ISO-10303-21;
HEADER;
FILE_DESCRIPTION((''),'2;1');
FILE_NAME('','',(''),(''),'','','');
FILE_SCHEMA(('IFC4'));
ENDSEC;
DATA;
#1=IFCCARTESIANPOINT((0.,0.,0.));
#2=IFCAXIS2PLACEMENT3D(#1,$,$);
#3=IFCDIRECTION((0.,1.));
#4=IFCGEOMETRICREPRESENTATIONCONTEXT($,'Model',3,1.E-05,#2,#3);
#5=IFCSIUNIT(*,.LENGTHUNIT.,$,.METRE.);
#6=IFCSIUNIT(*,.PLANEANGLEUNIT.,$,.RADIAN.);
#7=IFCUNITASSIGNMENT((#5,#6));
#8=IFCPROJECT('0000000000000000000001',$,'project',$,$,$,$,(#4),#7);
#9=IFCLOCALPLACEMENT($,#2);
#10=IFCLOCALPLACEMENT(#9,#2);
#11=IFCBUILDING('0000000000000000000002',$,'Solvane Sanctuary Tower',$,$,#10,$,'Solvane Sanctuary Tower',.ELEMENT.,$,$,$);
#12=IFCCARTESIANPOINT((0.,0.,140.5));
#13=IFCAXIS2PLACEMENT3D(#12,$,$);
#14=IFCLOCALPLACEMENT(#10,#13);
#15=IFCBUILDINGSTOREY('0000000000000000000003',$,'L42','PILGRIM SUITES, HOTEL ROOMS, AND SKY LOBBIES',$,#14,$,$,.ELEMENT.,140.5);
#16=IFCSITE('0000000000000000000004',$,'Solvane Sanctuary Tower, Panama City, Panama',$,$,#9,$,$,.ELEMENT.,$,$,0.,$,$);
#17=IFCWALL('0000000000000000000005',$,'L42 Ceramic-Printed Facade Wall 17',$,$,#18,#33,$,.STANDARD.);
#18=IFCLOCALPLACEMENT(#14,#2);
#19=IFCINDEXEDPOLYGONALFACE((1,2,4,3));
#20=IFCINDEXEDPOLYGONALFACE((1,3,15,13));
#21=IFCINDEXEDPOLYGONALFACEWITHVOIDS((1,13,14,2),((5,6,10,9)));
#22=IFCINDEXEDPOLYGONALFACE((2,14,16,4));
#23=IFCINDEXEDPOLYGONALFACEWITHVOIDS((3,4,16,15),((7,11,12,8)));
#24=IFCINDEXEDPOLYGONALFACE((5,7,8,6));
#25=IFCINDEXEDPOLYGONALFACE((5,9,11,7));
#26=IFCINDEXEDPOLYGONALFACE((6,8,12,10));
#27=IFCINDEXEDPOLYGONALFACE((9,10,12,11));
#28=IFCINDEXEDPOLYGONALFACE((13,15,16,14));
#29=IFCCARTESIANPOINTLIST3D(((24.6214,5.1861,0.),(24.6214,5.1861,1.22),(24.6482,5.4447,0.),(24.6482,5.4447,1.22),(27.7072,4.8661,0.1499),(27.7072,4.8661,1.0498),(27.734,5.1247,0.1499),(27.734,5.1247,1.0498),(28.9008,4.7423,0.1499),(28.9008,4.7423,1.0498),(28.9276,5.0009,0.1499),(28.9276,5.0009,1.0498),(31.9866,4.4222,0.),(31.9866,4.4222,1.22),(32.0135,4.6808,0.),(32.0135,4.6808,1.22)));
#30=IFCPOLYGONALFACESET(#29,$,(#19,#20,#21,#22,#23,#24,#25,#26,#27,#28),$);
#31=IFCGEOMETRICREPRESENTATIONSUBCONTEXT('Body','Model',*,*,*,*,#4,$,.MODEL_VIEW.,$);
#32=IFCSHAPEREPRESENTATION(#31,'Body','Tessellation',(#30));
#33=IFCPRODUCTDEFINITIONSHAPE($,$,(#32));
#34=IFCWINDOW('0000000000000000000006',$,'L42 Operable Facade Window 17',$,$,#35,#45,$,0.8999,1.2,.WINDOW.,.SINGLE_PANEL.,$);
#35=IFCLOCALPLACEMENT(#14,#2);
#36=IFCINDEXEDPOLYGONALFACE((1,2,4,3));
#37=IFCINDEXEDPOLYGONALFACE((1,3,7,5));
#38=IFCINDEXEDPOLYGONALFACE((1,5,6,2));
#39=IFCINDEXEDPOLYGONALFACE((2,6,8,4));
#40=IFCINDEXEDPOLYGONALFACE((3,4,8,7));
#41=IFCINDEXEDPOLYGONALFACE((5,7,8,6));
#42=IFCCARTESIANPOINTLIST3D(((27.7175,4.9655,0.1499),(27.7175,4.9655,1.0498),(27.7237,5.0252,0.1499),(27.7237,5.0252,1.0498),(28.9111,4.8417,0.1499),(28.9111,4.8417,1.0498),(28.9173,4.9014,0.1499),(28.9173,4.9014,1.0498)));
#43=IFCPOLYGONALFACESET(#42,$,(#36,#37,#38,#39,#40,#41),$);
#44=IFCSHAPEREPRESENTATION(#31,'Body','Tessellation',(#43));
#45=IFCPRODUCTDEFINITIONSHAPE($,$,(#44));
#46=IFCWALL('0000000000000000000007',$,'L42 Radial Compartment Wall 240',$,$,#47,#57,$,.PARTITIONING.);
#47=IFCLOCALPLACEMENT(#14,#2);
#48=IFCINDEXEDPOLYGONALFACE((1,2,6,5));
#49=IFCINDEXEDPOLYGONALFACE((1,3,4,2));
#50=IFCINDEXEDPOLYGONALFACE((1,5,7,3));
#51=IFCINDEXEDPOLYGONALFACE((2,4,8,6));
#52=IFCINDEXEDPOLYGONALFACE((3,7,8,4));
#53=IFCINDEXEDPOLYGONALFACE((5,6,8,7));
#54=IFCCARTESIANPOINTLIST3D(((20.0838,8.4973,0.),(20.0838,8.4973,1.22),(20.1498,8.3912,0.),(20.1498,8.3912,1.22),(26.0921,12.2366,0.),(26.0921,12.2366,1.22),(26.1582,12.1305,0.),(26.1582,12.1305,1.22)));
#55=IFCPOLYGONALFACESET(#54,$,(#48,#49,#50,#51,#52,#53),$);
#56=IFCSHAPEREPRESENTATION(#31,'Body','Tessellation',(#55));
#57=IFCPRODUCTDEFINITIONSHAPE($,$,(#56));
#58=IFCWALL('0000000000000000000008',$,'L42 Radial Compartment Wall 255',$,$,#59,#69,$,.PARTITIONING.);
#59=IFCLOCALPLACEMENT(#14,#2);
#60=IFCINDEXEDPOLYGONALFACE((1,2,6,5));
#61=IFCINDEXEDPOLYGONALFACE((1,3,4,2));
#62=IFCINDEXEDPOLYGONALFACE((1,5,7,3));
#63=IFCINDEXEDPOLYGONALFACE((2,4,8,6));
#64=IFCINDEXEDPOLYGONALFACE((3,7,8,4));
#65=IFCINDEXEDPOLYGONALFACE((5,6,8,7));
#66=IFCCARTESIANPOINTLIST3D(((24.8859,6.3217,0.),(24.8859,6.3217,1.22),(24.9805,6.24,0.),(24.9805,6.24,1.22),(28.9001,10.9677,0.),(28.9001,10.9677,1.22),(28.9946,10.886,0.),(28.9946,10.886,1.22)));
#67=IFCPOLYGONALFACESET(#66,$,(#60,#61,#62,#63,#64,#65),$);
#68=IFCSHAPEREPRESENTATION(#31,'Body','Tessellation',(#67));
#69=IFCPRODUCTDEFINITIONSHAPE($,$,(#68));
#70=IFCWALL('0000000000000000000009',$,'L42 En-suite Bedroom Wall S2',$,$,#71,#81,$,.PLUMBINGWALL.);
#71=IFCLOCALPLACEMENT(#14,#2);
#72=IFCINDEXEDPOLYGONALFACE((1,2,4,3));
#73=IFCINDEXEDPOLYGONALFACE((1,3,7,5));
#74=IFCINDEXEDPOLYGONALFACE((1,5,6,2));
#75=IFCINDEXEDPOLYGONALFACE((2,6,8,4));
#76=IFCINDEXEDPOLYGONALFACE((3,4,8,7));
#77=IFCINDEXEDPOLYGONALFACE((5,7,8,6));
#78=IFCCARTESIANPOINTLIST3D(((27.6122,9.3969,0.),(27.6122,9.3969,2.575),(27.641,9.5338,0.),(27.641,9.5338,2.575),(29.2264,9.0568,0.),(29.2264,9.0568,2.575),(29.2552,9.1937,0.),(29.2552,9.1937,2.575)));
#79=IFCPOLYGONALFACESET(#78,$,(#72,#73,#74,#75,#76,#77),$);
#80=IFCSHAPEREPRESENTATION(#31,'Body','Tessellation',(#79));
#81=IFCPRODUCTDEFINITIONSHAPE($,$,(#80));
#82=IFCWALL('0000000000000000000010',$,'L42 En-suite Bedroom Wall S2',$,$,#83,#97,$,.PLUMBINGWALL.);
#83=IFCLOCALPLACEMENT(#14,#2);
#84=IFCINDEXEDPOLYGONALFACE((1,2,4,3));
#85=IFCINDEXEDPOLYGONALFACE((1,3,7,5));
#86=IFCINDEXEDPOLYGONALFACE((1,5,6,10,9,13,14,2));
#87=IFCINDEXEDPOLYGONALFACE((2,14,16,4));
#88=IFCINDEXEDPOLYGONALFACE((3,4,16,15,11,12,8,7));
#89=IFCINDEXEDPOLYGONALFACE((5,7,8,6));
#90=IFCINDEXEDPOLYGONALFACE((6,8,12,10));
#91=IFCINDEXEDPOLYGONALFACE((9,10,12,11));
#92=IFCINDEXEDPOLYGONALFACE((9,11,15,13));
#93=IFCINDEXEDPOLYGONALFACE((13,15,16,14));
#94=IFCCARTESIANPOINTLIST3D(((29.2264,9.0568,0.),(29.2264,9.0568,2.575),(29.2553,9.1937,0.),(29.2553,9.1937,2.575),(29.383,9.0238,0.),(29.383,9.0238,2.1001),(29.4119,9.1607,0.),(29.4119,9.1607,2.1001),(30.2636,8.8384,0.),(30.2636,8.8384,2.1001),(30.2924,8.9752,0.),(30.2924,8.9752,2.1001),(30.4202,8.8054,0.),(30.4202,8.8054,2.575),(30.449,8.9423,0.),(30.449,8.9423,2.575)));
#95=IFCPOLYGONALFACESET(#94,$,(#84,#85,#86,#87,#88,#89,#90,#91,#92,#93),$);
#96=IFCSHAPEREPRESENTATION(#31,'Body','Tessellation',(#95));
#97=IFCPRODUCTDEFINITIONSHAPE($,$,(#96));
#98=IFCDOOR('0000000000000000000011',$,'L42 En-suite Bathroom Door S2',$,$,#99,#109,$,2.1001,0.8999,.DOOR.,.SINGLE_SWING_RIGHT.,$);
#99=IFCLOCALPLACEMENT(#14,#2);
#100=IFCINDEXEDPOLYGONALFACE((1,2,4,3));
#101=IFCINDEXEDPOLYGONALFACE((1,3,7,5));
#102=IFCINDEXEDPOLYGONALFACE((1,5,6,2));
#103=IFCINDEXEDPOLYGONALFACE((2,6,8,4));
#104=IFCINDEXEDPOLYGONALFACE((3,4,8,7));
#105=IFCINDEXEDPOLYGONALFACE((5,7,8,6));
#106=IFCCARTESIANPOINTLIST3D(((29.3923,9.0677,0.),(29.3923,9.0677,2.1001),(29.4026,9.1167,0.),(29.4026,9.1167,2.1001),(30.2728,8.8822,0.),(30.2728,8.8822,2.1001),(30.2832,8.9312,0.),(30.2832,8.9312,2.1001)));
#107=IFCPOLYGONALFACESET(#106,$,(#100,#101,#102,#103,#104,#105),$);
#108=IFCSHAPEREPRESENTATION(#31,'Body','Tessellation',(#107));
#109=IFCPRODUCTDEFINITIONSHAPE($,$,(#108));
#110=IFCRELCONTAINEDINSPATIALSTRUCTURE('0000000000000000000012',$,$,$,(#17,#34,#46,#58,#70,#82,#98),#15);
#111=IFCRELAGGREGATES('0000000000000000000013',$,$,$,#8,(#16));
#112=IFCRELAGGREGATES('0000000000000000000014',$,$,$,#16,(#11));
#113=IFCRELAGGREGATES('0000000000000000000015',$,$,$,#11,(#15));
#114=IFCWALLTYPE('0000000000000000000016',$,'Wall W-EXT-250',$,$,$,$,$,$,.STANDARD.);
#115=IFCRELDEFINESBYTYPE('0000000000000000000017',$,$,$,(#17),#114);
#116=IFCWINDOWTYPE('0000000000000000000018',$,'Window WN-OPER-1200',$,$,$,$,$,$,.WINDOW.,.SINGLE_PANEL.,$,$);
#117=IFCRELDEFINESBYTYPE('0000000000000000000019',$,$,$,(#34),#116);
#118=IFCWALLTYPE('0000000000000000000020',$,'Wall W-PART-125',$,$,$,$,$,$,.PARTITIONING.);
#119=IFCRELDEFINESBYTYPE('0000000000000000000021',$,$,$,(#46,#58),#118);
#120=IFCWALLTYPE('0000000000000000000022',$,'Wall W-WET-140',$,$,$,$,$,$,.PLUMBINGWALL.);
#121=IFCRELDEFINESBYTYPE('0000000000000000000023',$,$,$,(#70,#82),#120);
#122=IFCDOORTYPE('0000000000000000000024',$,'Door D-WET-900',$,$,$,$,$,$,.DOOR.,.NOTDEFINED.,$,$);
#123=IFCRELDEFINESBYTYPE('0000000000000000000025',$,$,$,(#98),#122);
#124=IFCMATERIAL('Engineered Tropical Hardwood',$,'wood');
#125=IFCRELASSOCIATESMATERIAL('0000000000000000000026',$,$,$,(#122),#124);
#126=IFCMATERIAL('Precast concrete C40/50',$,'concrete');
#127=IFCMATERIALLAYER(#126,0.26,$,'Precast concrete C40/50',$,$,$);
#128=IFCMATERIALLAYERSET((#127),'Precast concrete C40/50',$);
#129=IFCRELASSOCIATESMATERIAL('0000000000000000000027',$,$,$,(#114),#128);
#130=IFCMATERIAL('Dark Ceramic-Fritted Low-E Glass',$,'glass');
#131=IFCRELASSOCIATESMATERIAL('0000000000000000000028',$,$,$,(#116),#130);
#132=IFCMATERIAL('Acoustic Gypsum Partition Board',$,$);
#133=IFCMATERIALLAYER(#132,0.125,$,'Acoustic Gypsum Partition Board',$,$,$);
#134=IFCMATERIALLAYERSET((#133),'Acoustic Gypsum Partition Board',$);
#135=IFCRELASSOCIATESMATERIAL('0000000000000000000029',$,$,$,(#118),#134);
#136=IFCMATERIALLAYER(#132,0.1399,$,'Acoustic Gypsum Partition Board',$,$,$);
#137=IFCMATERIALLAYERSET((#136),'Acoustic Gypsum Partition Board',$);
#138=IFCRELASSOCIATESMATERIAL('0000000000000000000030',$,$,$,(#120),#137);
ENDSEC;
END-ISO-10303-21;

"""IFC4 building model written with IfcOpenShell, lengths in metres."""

from ifc_helpers import new_model, si_unit, direction, frame, frame_2d, origin, place, context, subcontext, project, spatial, rectangle, extrude, material, layer, layer_set, type_object, element, fill, save


model = new_model("IFC4")

# Units and contexts
model_context = context("Model", 3, precision=1e-05, world=origin(), true_north=direction((0.0, 1.0)))
body_context = subcontext(model_context, "Body", "Model", "MODEL_VIEW")
ifc_project = project(units=[si_unit("LENGTHUNIT", "METRE"), si_unit("PLANEANGLEUNIT", "RADIAN")], contexts=[model_context])

# Site, building, storey
site_placement = place(None, origin())
site = spatial("IfcSite", under=ifc_project, at=site_placement, Name="Solvane Sanctuary Tower, Panama City, Panama", CompositionType="ELEMENT", RefElevation=0.0)
building_placement = place(site_placement, origin())
building = spatial("IfcBuilding", under=site, at=building_placement, Name="Solvane Sanctuary Tower", LongName="Solvane Sanctuary Tower", CompositionType="ELEMENT")
storey_placement = place(building_placement, frame((0.0, 0.0, 140.5)))
storey = spatial("IfcBuildingStorey", under=building, at=storey_placement, Name="L42", Description="PILGRIM SUITES, HOTEL ROOMS, AND SKY LOBBIES", CompositionType="ELEMENT", Elevation=140.5)

# Shared definitions
ifc_material_1 = material(Name="Acoustic Gypsum Partition Board")

# Shared definitions
ifc_material_2 = material(Name="Engineered Tropical Hardwood", Category="wood")
door_type_1 = type_object("IfcDoorType", Name="Door D-WET-900", OperationType="NOTDEFINED", PredefinedType="DOOR", material=ifc_material_2)

# Wall, opening, window
ifc_material_3 = material(Name="Precast concrete C40/50", Category="concrete")
ifc_layer_1 = layer(ifc_material_3, 0.26, Name="Precast concrete C40/50")
ifc_layer_set_1 = layer_set([ifc_layer_1], Name="Precast concrete C40/50")
wall_type_1 = type_object("IfcWallType", Name="Wall W-EXT-250", PredefinedType="STANDARD", material=ifc_layer_set_1)
ifc_material_4 = material(Name="Dark Ceramic-Fritted Low-E Glass", Category="glass")
window_type = type_object("IfcWindowType", Name="Window WN-OPER-1200", PartitioningType="SINGLE_PANEL", PredefinedType="WINDOW", material=ifc_material_4)
wall_1_placement = place(storey_placement, frame((24.6348, 5.3154, 0.0), z_axis=(0.0, 0.0, 1.0), x_axis=(0.994664, -0.103166, 0.0)))
wall_1 = element("IfcWall", 1, at=wall_1_placement, inside=storey, type_object=wall_type_1, Name="L42 Ceramic-Printed Facade Wall 17", PredefinedType="STANDARD", context=body_context, shape_type="SweptSolid", body=[
    extrude(rectangle(XDim=7.4048, YDim=0.26, at=frame_2d((3.7024, 0.0))), origin(), (0.0, 0.0, 1.0), 1.22),
])
opening_1_placement = place(wall_1_placement, frame((3.1023, 0.0, 0.1499)))
opening_1 = element("IfcOpeningElement", 2, at=opening_1_placement, cuts=wall_1, PredefinedType="OPENING", context=body_context, shape_type="SweptSolid", body=[
    extrude(rectangle(XDim=1.2, YDim=0.8999, at=frame_2d((0.6001, 0.45))), frame((0.0, 0.1399, 0.0), z_axis=(0.0, -1.0, 0.0), x_axis=(1.0, 0.0, 0.0)), (0.0, 0.0, 1.0), 0.28),
])
window_1_placement = place(opening_1_placement, origin())
window_1 = element("IfcWindow", 3, at=window_1_placement, inside=storey, type_object=window_type, Name="L42 Operable Facade Window 17", OverallHeight=0.8999, OverallWidth=1.2, PartitioningType="SINGLE_PANEL", PredefinedType="WINDOW", context=body_context, shape_type="SweptSolid", body=[
    extrude(rectangle(XDim=1.2, YDim=0.8999, at=frame_2d((0.6001, 0.45))), frame((0.0, 0.03, 0.0), z_axis=(0.0, -1.0, 0.0), x_axis=(1.0, 0.0, 0.0)), (0.0, 0.0, 1.0), 0.0601),
])
fill(opening_1, window_1)

# Walls
ifc_layer_2 = layer(ifc_material_1, 0.125, Name="Acoustic Gypsum Partition Board")
ifc_layer_set_2 = layer_set([ifc_layer_2], Name="Acoustic Gypsum Partition Board")
wall_type_2 = type_object("IfcWallType", Name="Wall W-PART-125", PredefinedType="PARTITIONING", material=ifc_layer_set_2)
wall_2_placement = place(storey_placement, frame((26.1252, 12.1836, 0.0), z_axis=(0.0, 0.0, 1.0), x_axis=(-0.849008, -0.528379, 0.0)))
element("IfcWall", 4, at=wall_2_placement, inside=storey, type_object=wall_type_2, Name="L42 Radial Compartment Wall 240", PredefinedType="PARTITIONING", context=body_context, shape_type="SweptSolid", body=[
    extrude(rectangle(XDim=7.0769, YDim=0.125, at=frame_2d((3.5386, 0.0))), origin(), (0.0, 0.0, 1.0), 1.22),
])
wall_3_placement = place(storey_placement, frame((28.9473, 10.9268, 0.0), z_axis=(0.0, 0.0, 1.0), x_axis=(-0.653779, -0.756685, 0.0)))
element("IfcWall", 5, at=wall_3_placement, inside=storey, type_object=wall_type_2, Name="L42 Radial Compartment Wall 255", PredefinedType="PARTITIONING", context=body_context, shape_type="SweptSolid", body=[
    extrude(rectangle(XDim=6.1399, YDim=0.125, at=frame_2d((3.0698, 0.0))), origin(), (0.0, 0.0, 1.0), 1.22),
])
ifc_layer_3 = layer(ifc_material_1, 0.1399, Name="Acoustic Gypsum Partition Board")
ifc_layer_set_3 = layer_set([ifc_layer_3], Name="Acoustic Gypsum Partition Board")
wall_type_3 = type_object("IfcWallType", Name="Wall W-WET-140", PredefinedType="PLUMBINGWALL", material=ifc_layer_set_3)
wall_4_placement = place(storey_placement, frame((27.6267, 9.4653, 0.0), z_axis=(0.0, 0.0, 1.0), x_axis=(0.97852, -0.206152, 0.0)))
element("IfcWall", 6, at=wall_4_placement, inside=storey, type_object=wall_type_3, Name="L42 En-suite Bedroom Wall S2", PredefinedType="PLUMBINGWALL", context=body_context, shape_type="SweptSolid", body=[
    extrude(rectangle(XDim=1.6497, YDim=0.1399, at=frame_2d((0.8247, 0.0))), origin(), (0.0, 0.0, 1.0), 2.575),
])

# Wall, opening, door
wall_5_placement = place(storey_placement, frame((29.241, 9.1252, 0.0), z_axis=(0.0, 0.0, 1.0), x_axis=(0.978529, -0.206111, 0.0)))
wall_5 = element("IfcWall", 7, at=wall_5_placement, inside=storey, type_object=wall_type_3, Name="L42 En-suite Bedroom Wall S2", PredefinedType="PLUMBINGWALL", context=body_context, shape_type="SweptSolid", body=[
    extrude(rectangle(XDim=1.22, YDim=0.1399, at=frame_2d((0.6099, 0.0))), origin(), (0.0, 0.0, 1.0), 2.575),
])
opening_2_placement = place(wall_5_placement, frame((0.1599, 0.0, 0.0)))
opening_2 = element("IfcOpeningElement", 8, at=opening_2_placement, cuts=wall_5, PredefinedType="OPENING", context=body_context, shape_type="SweptSolid", body=[
    extrude(rectangle(XDim=0.8999, YDim=2.1001, at=frame_2d((0.45, 1.05))), frame((0.0, 0.0798, 0.0), z_axis=(0.0, -1.0, 0.0), x_axis=(1.0, 0.0, 0.0)), (0.0, 0.0, 1.0), 0.1599),
])
door_1_placement = place(opening_2_placement, origin())
door_1 = element("IfcDoor", 9, at=door_1_placement, inside=storey, type_object=door_type_1, Name="L42 En-suite Bathroom Door S2", OperationType="SINGLE_SWING_RIGHT", OverallHeight=2.1001, OverallWidth=0.8999, PredefinedType="DOOR", context=body_context, shape_type="SweptSolid", body=[
    extrude(rectangle(XDim=0.8999, YDim=2.1001, at=frame_2d((0.45, 1.05))), frame((0.0, 0.0249, 0.0), z_axis=(0.0, -1.0, 0.0), x_axis=(1.0, 0.0, 0.0)), (0.0, 0.0, 1.0), 0.05),
])
fill(opening_2, door_1)

save(model, "model.ifc")
